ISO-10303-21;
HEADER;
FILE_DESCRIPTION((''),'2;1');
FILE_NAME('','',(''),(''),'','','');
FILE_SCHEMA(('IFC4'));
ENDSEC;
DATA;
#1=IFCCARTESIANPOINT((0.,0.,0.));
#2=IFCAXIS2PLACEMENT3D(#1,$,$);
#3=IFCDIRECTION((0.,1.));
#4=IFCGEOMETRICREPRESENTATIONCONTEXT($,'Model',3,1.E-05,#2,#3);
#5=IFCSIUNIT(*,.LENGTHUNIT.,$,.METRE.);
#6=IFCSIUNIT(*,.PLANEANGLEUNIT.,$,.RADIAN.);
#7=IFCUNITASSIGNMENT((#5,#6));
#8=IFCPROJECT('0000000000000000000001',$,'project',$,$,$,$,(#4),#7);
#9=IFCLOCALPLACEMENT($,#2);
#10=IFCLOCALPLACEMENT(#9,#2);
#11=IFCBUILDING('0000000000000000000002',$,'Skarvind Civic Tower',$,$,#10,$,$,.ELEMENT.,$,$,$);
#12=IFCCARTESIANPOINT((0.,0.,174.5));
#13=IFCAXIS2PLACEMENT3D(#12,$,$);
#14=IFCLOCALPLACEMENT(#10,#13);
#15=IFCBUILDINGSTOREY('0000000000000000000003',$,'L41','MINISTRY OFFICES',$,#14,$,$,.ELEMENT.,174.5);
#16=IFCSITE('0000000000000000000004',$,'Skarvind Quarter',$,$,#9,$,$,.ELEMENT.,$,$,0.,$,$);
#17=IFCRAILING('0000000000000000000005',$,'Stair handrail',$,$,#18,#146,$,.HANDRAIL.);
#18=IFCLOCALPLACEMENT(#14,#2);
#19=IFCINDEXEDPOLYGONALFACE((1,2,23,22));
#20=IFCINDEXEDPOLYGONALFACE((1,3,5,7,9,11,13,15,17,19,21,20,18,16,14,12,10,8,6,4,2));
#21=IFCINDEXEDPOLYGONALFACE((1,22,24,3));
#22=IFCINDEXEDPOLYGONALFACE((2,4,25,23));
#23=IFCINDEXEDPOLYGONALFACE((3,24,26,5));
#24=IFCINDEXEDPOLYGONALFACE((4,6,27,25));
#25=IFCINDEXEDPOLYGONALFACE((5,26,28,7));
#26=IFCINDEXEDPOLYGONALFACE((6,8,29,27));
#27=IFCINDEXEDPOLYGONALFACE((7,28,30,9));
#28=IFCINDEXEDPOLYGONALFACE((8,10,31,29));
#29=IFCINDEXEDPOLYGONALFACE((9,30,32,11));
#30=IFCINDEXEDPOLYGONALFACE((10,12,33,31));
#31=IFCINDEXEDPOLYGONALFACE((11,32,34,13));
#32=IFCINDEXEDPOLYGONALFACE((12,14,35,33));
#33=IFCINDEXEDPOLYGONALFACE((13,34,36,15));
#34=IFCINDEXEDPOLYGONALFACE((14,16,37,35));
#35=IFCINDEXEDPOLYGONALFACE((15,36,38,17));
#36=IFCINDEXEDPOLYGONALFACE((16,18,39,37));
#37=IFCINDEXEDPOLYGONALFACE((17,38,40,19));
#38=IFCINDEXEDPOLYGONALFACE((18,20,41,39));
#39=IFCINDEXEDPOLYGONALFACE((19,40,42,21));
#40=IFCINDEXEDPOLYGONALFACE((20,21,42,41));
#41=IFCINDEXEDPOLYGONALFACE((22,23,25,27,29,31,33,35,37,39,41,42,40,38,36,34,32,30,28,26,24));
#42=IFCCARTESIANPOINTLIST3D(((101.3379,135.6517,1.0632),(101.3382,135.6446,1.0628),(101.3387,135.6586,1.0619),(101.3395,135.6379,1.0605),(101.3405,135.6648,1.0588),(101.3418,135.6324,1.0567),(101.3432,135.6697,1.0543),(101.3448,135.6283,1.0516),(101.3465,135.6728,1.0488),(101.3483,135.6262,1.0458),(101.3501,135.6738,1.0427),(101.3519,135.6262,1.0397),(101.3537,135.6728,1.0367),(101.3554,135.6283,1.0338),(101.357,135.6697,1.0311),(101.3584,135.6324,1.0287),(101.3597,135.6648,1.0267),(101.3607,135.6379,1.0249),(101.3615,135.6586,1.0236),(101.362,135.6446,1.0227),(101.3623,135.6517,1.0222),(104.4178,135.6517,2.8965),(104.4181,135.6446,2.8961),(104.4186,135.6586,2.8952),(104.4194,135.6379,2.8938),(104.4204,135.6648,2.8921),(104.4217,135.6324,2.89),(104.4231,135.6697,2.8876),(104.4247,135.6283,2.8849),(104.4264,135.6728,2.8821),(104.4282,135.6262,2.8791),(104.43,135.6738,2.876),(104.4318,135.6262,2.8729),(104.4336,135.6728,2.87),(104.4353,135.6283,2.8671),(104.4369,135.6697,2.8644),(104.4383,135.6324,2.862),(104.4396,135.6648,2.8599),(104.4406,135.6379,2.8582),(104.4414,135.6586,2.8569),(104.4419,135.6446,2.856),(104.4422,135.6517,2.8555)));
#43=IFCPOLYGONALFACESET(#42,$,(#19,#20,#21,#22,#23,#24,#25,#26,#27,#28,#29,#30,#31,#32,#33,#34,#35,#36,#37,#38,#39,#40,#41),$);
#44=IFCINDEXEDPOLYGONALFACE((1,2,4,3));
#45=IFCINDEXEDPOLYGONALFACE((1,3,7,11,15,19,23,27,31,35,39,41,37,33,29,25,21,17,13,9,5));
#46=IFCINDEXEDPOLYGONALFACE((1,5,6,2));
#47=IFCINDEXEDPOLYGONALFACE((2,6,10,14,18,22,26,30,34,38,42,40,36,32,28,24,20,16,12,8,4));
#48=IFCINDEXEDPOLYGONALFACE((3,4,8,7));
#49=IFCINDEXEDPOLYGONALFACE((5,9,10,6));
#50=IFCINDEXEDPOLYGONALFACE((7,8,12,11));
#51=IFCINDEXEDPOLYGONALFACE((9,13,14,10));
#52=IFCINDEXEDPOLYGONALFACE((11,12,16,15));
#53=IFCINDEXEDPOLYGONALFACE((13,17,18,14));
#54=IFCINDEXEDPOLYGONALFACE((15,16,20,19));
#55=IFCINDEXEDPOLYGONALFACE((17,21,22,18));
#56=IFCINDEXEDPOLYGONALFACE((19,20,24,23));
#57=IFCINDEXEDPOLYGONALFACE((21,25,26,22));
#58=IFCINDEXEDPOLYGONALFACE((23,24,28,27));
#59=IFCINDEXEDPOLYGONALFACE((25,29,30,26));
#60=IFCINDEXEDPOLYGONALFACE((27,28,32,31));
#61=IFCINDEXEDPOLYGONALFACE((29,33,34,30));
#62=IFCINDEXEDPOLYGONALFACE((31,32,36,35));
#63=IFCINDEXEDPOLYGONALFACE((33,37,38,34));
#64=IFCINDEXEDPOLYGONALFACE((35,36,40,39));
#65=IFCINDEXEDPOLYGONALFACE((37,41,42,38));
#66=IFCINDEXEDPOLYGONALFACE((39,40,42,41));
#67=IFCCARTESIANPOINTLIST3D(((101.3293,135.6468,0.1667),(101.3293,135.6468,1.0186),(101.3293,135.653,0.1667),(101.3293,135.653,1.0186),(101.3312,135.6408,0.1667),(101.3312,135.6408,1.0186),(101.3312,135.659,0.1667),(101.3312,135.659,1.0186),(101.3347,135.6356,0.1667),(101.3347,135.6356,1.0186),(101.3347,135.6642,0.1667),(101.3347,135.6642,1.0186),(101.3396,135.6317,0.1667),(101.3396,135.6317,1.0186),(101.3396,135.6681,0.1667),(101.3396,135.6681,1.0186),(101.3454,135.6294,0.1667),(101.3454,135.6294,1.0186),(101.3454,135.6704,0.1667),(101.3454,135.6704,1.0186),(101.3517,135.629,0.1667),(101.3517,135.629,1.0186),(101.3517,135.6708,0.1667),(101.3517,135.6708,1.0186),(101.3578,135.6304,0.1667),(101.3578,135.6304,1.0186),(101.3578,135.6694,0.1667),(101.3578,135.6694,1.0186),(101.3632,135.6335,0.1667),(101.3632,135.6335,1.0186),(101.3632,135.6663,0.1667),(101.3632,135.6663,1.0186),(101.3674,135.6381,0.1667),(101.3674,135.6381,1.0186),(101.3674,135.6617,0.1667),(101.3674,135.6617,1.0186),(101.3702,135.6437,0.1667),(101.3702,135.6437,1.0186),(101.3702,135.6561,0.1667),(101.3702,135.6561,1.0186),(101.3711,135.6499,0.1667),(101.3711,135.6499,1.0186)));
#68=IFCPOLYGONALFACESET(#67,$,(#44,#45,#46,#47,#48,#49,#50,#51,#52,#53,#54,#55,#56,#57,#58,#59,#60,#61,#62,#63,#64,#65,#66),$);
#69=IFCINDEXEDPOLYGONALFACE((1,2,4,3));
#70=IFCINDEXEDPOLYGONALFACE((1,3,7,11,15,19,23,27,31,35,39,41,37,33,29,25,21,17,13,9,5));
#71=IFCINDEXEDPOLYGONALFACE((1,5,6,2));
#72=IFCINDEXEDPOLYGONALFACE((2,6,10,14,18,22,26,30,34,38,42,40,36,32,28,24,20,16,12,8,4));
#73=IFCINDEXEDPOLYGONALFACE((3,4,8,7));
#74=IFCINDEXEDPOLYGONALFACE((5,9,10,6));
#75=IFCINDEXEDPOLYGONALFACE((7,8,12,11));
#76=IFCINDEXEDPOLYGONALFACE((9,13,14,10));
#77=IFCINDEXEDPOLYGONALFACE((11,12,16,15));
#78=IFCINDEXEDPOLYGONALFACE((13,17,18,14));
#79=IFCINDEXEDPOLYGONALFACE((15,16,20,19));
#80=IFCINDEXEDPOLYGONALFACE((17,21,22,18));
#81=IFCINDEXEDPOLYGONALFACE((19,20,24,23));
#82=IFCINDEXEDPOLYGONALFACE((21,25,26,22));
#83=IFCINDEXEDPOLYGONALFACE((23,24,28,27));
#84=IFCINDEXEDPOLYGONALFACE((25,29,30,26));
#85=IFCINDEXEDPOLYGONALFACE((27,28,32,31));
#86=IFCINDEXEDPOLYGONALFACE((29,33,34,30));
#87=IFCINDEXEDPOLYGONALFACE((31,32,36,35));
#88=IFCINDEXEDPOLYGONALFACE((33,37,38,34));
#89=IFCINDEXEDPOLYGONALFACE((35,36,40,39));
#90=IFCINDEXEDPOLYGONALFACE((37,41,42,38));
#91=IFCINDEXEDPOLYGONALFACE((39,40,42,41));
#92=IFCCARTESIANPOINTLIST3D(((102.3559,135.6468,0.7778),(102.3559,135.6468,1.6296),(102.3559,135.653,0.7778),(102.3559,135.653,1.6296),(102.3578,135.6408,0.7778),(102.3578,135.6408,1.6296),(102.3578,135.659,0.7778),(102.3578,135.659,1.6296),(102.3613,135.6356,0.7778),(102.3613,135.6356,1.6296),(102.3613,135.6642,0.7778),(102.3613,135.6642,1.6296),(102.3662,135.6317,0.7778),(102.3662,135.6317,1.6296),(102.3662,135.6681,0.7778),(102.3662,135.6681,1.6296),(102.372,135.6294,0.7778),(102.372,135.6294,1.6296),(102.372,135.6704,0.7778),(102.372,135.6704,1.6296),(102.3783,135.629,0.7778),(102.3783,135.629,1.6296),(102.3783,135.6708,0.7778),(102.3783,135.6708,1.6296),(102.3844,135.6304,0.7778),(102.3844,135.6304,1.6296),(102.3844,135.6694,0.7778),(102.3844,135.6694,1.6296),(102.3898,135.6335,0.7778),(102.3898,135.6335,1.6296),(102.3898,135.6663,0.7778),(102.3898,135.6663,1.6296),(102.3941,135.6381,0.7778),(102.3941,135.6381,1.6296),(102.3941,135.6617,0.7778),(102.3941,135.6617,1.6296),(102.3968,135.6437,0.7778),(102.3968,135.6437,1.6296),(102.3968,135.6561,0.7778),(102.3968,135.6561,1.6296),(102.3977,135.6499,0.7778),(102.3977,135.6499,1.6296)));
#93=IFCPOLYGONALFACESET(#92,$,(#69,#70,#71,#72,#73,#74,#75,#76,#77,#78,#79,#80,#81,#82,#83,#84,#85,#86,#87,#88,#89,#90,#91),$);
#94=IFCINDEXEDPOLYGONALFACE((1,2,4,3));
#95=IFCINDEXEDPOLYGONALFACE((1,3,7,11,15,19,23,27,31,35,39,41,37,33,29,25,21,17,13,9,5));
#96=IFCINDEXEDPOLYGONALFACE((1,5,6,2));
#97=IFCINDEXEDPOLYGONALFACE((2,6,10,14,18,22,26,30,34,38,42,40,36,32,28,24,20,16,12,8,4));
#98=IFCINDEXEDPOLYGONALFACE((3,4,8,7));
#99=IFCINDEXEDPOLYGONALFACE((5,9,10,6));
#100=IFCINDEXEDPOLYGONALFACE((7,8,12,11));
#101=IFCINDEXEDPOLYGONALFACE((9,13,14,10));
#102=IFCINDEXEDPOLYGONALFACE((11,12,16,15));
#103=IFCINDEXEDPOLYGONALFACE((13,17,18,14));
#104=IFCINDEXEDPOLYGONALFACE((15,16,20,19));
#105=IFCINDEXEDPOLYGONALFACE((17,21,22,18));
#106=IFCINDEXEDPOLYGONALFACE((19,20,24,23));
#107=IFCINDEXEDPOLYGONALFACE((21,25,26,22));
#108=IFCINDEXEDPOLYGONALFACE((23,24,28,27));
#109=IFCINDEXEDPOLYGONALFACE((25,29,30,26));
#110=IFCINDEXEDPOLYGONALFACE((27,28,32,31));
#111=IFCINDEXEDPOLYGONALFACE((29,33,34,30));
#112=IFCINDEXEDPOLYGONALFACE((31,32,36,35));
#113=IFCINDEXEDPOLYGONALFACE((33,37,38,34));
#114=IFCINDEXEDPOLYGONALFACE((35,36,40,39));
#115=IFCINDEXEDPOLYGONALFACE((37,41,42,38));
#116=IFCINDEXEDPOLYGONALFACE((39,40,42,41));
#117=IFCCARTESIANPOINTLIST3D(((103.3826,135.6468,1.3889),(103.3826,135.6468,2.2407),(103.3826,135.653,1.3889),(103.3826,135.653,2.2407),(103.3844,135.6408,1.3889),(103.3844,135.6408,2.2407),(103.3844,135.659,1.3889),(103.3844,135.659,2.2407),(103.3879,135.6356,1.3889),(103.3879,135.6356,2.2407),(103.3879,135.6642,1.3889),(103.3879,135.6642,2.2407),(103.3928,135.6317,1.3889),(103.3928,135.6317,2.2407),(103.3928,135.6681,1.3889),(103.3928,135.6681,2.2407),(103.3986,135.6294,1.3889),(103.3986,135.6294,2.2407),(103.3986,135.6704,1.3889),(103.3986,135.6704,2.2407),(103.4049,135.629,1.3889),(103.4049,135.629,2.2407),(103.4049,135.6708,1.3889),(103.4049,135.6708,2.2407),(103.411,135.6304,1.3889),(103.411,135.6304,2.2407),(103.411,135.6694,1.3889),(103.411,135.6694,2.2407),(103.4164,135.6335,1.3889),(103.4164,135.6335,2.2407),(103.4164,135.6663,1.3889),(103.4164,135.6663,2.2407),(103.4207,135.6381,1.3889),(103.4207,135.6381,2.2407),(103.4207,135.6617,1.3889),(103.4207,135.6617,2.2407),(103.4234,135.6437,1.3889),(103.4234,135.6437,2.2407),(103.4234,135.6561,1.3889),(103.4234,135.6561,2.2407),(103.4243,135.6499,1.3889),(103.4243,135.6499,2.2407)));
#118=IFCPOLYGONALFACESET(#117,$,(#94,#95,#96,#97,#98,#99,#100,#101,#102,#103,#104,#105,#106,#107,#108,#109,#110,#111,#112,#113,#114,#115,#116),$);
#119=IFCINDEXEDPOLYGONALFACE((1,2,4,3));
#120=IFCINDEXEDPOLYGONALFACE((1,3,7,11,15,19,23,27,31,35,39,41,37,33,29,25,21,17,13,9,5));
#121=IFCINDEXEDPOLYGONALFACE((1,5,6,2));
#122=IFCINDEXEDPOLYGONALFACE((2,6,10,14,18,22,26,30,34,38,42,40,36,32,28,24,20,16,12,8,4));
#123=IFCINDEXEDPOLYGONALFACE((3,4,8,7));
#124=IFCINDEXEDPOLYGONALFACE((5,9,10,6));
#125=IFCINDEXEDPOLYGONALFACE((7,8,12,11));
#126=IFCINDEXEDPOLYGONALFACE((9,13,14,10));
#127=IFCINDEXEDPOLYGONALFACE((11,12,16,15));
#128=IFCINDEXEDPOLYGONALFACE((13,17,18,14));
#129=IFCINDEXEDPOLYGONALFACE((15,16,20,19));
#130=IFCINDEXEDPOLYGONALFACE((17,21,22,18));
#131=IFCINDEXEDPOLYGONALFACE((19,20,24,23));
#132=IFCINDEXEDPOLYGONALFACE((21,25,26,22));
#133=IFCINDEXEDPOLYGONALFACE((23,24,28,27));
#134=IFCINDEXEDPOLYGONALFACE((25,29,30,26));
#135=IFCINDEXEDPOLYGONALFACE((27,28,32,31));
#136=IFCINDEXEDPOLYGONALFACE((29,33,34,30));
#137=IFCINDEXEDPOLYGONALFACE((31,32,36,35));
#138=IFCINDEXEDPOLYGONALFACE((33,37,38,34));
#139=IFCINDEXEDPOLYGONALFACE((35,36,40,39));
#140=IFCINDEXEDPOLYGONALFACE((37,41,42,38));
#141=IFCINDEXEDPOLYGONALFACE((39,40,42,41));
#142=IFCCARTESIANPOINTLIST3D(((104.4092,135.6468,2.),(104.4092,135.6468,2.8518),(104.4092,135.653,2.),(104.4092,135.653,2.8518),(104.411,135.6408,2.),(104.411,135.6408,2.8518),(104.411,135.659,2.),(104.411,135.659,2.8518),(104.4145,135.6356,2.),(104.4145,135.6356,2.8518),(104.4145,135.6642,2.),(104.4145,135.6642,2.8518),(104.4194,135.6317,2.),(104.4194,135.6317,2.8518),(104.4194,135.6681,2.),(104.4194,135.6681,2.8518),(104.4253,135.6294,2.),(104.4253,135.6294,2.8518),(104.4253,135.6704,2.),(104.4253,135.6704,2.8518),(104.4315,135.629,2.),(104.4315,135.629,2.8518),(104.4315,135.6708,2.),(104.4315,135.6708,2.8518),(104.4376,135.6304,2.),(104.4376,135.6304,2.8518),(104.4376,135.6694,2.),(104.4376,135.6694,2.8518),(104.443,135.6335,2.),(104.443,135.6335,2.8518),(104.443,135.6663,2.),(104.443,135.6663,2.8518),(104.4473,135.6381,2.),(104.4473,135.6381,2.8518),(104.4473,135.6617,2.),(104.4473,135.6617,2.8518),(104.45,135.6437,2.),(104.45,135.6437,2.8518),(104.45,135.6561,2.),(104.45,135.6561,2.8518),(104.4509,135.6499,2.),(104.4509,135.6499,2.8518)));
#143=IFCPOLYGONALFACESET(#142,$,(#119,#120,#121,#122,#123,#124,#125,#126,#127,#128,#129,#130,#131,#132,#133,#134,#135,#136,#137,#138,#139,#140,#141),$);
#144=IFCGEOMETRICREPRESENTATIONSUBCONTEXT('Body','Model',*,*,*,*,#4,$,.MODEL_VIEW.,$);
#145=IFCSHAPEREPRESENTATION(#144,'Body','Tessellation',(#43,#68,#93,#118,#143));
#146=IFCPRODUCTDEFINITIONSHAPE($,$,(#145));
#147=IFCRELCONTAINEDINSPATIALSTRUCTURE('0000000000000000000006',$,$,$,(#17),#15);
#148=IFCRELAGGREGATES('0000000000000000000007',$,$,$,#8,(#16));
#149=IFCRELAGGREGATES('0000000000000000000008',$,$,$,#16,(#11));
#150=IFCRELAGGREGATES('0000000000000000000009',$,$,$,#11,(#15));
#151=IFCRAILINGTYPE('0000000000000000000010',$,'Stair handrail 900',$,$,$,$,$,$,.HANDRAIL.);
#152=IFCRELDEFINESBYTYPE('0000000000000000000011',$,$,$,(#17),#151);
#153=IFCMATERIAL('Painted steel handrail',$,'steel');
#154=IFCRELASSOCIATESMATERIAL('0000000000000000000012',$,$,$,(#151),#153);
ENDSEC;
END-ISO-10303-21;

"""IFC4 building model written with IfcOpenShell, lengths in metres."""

from ifc_helpers import new_model, si_unit, direction, frame, origin, origin_2d, place, context, subcontext, project, spatial, circle, extrude, material, type_object, element, save


model = new_model("IFC4")

# Units and contexts
model_context = context("Model", 3, precision=1e-05, world=origin(), true_north=direction((0.0, 1.0)))
body_context = subcontext(model_context, "Body", "Model", "MODEL_VIEW")
ifc_project = project(units=[si_unit("LENGTHUNIT", "METRE"), si_unit("PLANEANGLEUNIT", "RADIAN")], contexts=[model_context])

# Site, building, storey
site_placement = place(None, origin())
site = spatial("IfcSite", under=ifc_project, at=site_placement, Name="Skarvind Quarter", CompositionType="ELEMENT", RefElevation=0.0)
building_placement = place(site_placement, origin())
building = spatial("IfcBuilding", under=site, at=building_placement, Name="Skarvind Civic Tower", CompositionType="ELEMENT")
storey_placement = place(building_placement, frame((0.0, 0.0, 174.5)))
storey = spatial("IfcBuildingStorey", under=building, at=storey_placement, Name="L41", Description="MINISTRY OFFICES", CompositionType="ELEMENT", Elevation=174.5)

# Railing
ifc_material_1 = material(Name="Painted steel handrail", Category="steel")
railing_type = type_object("IfcRailingType", Name="Stair handrail 900", PredefinedType="HANDRAIL", material=ifc_material_1)
railing_1_placement = place(storey_placement, frame((101.3501, 135.6499, 0.1667)))
element("IfcRailing", 1, at=railing_1_placement, inside=storey, type_object=railing_type, Name="Stair handrail", PredefinedType="HANDRAIL", context=body_context, shape_type="SweptSolid", body=[
    extrude(circle(Radius=0.0239, at=origin_2d()), frame((0.0, 0.0, 0.876), z_axis=(0.859291, 0.0, 0.511487), x_axis=(0.0, 1.0, 0.0)), (0.0, 0.0, 1.0), 3.5842),
    extrude(circle(Radius=0.021, at=origin_2d()), origin(), (0.0, 0.0, 1.0), 0.8518),
    extrude(circle(Radius=0.021, at=origin_2d()), frame((1.0266, 0.0, 0.6111)), (0.0, 0.0, 1.0), 0.8518),
    extrude(circle(Radius=0.021, at=origin_2d()), frame((2.0532, 0.0, 1.2222)), (0.0, 0.0, 1.0), 0.8518),
    extrude(circle(Radius=0.021, at=origin_2d()), frame((3.0798, 0.0, 1.8333)), (0.0, 0.0, 1.0), 0.8518),
])

save(model, "model.ifc")
